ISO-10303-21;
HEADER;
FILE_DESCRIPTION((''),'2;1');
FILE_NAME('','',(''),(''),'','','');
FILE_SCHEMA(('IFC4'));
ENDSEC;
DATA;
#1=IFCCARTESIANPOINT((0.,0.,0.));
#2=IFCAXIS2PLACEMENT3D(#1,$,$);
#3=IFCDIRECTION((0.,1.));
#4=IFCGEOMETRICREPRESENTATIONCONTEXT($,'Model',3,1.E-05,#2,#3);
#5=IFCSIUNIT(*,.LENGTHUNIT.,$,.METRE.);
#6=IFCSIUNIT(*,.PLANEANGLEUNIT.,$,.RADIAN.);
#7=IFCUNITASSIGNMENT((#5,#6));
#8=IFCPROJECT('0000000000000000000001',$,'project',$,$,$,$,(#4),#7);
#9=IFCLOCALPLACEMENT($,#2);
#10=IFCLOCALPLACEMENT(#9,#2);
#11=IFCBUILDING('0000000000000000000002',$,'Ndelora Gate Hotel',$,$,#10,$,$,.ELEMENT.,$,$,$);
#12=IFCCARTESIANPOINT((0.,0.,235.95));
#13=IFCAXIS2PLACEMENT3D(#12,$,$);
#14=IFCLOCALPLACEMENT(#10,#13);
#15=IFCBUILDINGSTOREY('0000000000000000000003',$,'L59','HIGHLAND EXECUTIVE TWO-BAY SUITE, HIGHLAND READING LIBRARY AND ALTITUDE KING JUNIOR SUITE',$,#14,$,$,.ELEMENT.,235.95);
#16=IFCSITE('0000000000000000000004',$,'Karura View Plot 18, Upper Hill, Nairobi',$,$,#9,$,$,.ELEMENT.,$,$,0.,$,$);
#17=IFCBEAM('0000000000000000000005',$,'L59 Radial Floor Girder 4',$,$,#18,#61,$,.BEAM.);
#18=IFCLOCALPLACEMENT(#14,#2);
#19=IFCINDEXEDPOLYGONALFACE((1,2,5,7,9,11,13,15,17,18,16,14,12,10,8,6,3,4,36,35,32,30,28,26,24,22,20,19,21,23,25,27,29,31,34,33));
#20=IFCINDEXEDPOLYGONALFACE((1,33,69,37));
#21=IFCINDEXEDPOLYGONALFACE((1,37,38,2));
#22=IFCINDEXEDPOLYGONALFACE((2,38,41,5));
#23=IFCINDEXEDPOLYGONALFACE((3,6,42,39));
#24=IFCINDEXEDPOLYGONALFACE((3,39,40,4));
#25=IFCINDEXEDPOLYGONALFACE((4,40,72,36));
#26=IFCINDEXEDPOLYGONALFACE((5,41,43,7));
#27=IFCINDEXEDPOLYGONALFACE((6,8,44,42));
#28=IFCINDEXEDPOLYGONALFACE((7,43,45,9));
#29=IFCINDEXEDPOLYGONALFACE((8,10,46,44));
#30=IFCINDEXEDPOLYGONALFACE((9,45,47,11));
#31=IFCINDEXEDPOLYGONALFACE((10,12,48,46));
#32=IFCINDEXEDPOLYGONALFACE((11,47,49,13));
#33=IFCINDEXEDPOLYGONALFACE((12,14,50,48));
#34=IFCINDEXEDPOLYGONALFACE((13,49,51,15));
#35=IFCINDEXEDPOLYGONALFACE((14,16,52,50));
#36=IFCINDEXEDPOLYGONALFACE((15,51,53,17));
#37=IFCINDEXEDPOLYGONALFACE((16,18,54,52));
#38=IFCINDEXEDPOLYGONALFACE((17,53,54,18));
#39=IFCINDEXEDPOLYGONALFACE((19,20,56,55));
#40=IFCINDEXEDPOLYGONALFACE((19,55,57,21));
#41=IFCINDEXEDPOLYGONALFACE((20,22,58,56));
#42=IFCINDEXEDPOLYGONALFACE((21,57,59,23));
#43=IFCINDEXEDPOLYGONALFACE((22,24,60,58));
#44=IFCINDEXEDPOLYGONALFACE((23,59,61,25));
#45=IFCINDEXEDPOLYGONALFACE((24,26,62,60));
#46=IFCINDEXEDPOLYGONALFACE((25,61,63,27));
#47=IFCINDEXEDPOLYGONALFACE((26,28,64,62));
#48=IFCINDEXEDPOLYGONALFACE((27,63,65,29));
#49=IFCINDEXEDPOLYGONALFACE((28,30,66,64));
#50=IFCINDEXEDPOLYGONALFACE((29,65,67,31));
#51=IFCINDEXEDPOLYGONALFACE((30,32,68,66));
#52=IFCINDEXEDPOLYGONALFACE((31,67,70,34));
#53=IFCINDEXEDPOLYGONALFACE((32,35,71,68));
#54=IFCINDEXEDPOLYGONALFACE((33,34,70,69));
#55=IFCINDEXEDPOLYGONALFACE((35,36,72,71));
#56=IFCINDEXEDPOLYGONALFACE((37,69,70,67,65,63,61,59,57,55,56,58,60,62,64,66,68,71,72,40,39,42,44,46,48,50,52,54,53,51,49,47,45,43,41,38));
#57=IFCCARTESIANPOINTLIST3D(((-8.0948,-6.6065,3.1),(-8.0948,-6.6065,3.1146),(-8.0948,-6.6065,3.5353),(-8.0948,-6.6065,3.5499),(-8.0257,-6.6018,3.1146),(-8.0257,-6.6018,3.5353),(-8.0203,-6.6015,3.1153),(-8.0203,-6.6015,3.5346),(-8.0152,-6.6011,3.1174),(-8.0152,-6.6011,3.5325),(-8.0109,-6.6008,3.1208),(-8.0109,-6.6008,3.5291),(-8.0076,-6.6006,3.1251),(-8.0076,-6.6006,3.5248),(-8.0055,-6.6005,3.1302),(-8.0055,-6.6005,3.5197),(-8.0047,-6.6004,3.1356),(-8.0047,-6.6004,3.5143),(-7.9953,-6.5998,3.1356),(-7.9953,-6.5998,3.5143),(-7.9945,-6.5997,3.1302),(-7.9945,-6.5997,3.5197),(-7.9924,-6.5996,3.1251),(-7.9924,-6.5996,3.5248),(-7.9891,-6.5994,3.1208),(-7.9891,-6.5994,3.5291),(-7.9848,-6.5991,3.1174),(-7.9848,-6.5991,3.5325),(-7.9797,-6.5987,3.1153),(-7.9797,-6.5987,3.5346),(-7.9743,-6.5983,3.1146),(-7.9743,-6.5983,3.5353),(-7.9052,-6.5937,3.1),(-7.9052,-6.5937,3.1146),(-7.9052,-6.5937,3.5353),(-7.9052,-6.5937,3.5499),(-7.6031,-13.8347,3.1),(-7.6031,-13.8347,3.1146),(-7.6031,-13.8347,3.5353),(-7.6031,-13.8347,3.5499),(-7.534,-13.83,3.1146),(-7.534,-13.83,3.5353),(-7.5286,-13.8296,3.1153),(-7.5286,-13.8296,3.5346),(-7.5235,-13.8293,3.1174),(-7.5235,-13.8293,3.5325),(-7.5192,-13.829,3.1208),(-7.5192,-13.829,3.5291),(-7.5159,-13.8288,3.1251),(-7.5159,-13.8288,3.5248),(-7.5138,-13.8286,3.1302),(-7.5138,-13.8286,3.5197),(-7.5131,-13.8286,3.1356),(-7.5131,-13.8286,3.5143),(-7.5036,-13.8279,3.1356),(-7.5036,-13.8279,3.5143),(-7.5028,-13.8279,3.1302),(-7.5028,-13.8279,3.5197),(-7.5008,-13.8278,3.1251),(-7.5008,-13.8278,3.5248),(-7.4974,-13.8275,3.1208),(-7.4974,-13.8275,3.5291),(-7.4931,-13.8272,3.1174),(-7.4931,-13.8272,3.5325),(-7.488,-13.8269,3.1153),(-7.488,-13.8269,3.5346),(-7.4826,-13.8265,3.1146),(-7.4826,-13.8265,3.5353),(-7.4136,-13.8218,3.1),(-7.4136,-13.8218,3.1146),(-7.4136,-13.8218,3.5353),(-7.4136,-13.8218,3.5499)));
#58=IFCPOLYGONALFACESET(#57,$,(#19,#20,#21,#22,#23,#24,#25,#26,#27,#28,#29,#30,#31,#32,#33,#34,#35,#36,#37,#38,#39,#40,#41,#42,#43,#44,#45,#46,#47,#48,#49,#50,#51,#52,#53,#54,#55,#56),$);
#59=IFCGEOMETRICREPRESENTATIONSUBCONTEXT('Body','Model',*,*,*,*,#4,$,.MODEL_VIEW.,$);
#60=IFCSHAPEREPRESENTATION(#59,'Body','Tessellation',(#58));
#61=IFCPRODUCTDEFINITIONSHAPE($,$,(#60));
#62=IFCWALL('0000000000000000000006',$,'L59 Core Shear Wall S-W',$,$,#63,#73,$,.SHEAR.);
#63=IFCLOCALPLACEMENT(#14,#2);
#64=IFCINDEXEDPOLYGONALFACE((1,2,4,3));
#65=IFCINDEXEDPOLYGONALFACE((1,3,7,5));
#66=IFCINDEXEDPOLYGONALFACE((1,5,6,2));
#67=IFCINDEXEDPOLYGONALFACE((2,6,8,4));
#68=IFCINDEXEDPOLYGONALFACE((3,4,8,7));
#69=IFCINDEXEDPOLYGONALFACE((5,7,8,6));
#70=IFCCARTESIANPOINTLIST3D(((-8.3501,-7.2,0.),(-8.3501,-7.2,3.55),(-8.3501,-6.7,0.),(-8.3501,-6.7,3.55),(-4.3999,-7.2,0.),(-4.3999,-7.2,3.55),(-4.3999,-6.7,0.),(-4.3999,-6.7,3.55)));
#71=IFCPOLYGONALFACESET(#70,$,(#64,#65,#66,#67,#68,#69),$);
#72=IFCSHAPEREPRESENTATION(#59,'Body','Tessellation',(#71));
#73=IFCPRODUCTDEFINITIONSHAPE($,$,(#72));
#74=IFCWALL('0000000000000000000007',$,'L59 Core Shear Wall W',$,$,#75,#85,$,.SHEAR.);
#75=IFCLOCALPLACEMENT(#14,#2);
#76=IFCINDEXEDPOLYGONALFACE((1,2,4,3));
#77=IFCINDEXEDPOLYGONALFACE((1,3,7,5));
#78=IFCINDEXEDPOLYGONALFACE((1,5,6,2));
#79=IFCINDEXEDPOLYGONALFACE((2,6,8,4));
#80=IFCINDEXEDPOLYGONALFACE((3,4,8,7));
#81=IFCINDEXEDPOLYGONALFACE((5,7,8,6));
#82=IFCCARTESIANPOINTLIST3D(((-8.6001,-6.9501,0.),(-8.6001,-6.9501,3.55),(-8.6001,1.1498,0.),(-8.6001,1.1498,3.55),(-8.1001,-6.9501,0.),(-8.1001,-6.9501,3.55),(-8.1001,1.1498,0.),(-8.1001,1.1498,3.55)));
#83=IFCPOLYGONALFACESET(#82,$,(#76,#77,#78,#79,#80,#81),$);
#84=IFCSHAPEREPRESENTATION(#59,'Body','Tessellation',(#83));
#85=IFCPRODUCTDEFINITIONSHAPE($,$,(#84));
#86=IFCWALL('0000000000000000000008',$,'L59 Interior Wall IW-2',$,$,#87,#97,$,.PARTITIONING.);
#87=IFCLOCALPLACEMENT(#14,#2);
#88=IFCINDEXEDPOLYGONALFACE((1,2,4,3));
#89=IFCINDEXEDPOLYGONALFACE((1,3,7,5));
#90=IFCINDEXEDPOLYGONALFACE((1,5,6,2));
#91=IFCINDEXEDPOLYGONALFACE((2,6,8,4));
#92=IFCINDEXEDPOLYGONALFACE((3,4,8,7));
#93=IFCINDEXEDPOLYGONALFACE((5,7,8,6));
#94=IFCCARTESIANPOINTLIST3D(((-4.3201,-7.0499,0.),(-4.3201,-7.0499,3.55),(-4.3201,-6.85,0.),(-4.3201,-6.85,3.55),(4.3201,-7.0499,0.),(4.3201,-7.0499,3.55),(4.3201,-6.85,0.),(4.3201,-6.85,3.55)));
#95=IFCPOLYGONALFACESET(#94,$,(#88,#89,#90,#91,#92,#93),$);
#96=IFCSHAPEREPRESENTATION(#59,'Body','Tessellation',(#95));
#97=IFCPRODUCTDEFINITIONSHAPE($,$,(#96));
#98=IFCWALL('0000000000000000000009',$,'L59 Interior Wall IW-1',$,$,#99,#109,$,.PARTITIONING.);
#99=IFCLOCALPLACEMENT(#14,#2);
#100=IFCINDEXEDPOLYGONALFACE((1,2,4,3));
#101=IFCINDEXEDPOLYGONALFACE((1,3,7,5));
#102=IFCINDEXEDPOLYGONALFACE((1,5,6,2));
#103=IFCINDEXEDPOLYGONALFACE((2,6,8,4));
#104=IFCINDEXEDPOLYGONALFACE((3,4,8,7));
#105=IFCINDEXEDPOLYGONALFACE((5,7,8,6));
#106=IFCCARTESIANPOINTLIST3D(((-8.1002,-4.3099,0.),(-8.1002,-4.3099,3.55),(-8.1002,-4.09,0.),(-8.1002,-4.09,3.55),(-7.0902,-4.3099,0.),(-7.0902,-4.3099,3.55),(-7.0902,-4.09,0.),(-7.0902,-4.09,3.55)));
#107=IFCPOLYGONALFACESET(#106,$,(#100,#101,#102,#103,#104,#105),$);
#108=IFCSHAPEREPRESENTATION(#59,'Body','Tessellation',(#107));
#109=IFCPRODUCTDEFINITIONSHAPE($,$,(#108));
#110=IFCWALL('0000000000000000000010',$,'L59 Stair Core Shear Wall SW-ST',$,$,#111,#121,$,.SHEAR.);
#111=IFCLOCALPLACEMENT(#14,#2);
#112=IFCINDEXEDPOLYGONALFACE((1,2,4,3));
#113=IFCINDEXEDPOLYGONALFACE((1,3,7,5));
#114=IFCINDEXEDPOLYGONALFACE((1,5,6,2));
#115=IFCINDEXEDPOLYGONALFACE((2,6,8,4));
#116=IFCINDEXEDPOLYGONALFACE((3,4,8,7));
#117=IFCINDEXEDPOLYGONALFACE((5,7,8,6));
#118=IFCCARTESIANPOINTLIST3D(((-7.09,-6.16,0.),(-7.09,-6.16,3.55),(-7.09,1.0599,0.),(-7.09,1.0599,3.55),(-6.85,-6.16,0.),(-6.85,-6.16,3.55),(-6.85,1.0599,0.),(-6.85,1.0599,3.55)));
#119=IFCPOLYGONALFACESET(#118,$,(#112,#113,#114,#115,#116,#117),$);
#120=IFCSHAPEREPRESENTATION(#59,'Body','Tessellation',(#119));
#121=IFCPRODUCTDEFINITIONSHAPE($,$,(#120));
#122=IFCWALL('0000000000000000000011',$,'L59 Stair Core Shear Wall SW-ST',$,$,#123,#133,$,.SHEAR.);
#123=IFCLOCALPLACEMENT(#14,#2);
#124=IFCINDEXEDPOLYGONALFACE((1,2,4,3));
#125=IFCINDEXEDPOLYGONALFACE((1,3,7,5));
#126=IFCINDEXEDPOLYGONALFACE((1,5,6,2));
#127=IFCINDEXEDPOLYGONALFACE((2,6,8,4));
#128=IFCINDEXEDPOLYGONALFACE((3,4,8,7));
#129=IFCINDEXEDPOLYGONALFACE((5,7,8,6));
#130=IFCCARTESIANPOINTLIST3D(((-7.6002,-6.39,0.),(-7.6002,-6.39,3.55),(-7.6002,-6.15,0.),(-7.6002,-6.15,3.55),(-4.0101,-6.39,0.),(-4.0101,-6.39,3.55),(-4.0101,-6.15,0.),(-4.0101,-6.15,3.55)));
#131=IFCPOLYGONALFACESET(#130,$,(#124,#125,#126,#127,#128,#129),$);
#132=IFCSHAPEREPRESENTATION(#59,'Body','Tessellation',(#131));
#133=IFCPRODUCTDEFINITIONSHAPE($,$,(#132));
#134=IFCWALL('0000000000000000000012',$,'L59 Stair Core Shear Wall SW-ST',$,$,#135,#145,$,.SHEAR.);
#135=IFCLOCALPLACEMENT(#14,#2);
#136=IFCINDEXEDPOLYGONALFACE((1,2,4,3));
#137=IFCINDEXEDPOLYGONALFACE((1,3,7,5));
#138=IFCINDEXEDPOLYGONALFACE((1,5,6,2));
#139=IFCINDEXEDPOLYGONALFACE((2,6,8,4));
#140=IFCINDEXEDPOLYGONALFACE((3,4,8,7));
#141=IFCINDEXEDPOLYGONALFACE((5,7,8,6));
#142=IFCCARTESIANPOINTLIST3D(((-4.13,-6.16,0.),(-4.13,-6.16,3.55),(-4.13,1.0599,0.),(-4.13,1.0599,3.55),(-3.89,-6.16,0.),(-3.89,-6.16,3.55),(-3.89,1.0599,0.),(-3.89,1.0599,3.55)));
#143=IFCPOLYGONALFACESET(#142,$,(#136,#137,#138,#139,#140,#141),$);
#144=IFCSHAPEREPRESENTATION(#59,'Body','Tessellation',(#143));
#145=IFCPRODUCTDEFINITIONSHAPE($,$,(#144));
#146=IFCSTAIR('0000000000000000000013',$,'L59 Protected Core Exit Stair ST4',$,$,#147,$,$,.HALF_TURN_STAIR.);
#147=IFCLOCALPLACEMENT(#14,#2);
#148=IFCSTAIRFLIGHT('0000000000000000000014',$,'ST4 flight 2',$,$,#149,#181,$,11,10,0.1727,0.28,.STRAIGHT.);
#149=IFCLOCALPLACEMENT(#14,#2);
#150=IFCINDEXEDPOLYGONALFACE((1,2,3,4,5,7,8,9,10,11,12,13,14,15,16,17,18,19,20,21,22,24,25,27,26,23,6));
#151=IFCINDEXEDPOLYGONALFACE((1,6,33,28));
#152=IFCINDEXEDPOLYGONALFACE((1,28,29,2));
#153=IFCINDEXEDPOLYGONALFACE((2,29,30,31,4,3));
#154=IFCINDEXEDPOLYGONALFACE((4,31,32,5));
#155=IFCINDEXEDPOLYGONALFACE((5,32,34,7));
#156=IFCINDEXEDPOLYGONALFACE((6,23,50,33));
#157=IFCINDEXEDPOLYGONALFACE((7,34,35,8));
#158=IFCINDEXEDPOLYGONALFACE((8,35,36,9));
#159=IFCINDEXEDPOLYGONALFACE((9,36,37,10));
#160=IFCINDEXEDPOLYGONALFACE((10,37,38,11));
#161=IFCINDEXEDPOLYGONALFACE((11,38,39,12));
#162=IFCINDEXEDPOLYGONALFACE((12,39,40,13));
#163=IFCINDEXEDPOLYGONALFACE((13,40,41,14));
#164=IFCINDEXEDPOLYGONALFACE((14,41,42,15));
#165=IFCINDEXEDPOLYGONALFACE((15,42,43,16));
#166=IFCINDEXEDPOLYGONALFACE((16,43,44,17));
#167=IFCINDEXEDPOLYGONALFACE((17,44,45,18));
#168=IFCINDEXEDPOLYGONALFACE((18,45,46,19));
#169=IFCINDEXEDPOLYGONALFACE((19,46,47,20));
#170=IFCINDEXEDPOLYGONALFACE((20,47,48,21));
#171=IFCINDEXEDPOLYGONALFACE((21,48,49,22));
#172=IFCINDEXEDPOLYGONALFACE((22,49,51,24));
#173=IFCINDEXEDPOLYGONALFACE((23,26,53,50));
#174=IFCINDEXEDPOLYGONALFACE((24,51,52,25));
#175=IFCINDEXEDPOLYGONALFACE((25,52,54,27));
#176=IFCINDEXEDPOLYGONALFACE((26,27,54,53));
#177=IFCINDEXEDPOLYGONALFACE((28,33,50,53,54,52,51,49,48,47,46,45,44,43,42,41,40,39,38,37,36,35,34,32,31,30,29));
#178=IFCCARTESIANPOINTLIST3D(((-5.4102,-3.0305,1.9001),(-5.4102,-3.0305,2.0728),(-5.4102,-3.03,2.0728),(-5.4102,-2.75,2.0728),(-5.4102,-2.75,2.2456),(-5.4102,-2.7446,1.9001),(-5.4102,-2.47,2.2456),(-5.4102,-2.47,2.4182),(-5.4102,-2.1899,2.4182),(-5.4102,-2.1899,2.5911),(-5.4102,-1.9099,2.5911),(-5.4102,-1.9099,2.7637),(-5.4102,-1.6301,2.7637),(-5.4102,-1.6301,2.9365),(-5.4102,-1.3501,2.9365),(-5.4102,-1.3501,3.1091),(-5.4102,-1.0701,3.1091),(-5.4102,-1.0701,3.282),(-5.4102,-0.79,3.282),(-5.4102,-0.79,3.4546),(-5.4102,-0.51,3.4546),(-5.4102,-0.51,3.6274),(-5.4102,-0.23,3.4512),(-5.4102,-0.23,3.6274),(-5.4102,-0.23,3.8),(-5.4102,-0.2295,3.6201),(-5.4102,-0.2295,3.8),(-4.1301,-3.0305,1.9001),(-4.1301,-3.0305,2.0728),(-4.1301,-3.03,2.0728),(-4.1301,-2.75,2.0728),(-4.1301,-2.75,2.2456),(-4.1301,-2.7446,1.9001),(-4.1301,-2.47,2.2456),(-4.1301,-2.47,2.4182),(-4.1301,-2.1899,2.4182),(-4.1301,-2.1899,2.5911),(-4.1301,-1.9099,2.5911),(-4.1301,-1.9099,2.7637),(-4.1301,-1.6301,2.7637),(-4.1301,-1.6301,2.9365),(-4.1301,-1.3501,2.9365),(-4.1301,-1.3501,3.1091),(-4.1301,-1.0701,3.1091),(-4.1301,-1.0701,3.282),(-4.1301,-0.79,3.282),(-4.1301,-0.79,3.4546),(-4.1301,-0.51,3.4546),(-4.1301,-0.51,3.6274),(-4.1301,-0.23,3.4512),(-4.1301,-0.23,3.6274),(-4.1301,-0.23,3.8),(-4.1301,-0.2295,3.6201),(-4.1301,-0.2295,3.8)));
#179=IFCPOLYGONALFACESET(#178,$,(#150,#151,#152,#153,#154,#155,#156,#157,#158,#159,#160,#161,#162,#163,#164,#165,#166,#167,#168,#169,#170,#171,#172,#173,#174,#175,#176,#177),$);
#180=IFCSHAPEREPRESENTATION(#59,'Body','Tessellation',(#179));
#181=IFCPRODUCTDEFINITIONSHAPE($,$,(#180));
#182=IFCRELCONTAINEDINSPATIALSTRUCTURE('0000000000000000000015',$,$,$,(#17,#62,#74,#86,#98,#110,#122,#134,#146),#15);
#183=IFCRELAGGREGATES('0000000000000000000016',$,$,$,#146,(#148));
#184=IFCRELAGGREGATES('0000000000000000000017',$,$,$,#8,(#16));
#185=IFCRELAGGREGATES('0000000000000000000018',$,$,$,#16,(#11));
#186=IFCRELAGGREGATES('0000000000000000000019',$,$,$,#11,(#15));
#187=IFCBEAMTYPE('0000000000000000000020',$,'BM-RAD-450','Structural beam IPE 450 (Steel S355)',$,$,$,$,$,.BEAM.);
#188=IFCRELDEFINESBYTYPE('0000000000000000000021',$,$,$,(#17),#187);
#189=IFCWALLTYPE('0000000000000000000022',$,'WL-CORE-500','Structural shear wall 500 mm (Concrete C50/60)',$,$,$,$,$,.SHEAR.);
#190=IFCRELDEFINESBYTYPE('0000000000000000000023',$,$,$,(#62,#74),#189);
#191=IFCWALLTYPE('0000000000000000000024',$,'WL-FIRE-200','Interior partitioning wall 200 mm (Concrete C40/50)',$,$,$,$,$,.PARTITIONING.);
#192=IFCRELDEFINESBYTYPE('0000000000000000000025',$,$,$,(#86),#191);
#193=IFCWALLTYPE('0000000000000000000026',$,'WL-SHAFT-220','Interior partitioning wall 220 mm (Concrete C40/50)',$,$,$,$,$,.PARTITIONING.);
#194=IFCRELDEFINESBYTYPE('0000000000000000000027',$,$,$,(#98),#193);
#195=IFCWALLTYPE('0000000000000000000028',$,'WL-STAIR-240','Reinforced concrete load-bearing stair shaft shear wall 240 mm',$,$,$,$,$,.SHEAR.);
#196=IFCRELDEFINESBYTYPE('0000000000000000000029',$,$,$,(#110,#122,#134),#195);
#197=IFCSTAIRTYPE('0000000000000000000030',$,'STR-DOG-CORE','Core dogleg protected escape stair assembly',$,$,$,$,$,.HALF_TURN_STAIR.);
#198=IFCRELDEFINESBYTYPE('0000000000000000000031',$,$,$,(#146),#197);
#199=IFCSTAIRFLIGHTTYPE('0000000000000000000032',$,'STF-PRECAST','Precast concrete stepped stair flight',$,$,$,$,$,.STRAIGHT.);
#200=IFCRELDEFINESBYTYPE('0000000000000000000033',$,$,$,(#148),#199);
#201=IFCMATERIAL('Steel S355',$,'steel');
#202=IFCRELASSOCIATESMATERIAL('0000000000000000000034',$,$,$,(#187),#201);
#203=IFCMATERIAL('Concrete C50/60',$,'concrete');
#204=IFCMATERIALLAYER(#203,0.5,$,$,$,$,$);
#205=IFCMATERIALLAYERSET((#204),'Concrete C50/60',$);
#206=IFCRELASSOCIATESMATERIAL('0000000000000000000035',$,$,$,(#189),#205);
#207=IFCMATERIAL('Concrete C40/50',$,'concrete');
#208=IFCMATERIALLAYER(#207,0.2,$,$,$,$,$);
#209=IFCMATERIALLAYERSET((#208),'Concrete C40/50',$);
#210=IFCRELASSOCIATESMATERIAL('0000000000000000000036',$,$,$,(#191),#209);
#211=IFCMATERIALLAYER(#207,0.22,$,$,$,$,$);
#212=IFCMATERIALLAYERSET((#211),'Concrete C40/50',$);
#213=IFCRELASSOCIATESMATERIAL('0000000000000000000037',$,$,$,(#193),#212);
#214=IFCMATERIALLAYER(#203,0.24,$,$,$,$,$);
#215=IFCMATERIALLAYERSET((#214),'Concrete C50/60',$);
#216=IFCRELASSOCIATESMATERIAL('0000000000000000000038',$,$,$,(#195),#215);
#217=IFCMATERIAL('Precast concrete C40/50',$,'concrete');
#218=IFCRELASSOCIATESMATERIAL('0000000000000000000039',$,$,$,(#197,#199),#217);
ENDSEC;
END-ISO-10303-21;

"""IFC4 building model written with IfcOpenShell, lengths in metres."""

from ifc_helpers import new_model, si_unit, direction, frame, frame_2d, origin, origin_2d, place, context, subcontext, project, spatial, polyline, rectangle, i_section, outline, extrude, material, layer, layer_set, material_profile, profile_set, type_object, element, aggregate, save


model = new_model("IFC4")

# Units and contexts
model_context = context("Model", 3, precision=1e-05, world=origin(), true_north=direction((0.0, 1.0)))
body_context = subcontext(model_context, "Body", "Model", "MODEL_VIEW")
ifc_project = project(units=[si_unit("LENGTHUNIT", "METRE"), si_unit("PLANEANGLEUNIT", "RADIAN")], contexts=[model_context])

# Site, building, storey
site_placement = place(None, origin())
site = spatial("IfcSite", under=ifc_project, at=site_placement, Name="Karura View Plot 18, Upper Hill, Nairobi", CompositionType="ELEMENT", RefElevation=0.0)
building_placement = place(site_placement, origin())
building = spatial("IfcBuilding", under=site, at=building_placement, Name="Ndelora Gate Hotel", CompositionType="ELEMENT")
storey_placement = place(building_placement, frame((0.0, 0.0, 235.95)))
storey = spatial("IfcBuildingStorey", under=building, at=storey_placement, Name="L59", Description="HIGHLAND EXECUTIVE TWO-BAY SUITE, HIGHLAND READING LIBRARY AND ALTITUDE KING JUNIOR SUITE", CompositionType="ELEMENT", Elevation=235.95)

# Shared definitions
ifc_material_1 = material(Name="Concrete C50/60", Category="concrete")

# Beam
ifc_material_2 = material(Name="Steel S355", Category="steel")
ifc_material_profile_1 = material_profile(ifc_material_2, i_section(OverallWidth=0.1899, OverallDepth=0.45, WebThickness=0.0095, FlangeThickness=0.0146, FilletRadius=0.021, at=origin_2d()), Name="IPE 450")
ifc_profile_set_1 = profile_set([ifc_material_profile_1], Name="Steel S355")
beam_type_1 = type_object("IfcBeamType", Name="BM-RAD-450", Description="Structural beam IPE 450 (Steel S355)", PredefinedType="BEAM", material=ifc_profile_set_1)
beam_1_placement = place(storey_placement, frame((-8.0, -6.6001, 3.325), z_axis=(0.067868, -0.997694, 0.0), x_axis=(0.997694, 0.067868, 0.0)))
element("IfcBeam", 1, at=beam_1_placement, inside=storey, type_object=beam_type_1, Name="L59 Radial Floor Girder 4", PredefinedType="BEAM", context=body_context, shape_type="SweptSolid", body=[
    extrude(i_section(OverallWidth=0.1899, OverallDepth=0.45, WebThickness=0.0095, FlangeThickness=0.0146, FilletRadius=0.021, at=origin_2d()), origin(), (0.0, 0.0, 1.0), 7.2449),
])

# Walls
ifc_layer_1 = layer(ifc_material_1, 0.5)
ifc_layer_set_1 = layer_set([ifc_layer_1], Name="Concrete C50/60")
wall_type_1 = type_object("IfcWallType", Name="WL-CORE-500", Description="Structural shear wall 500 mm (Concrete C50/60)", PredefinedType="SHEAR", material=ifc_layer_set_1)
wall_1_placement = place(storey_placement, frame((-8.3501, -6.95, 0.0), z_axis=(0.0, 0.0, 1.0), x_axis=(1.0, 0.0, 0.0)))
element("IfcWall", 2, at=wall_1_placement, inside=storey, type_object=wall_type_1, Name="L59 Core Shear Wall S-W", PredefinedType="SHEAR", context=body_context, shape_type="SweptSolid", body=[
    extrude(rectangle(XDim=3.9502, YDim=0.5, at=frame_2d((1.9751, 0.0))), origin(), (0.0, 0.0, 1.0), 3.55),
])
wall_2_placement = place(storey_placement, frame((-8.3501, -6.95, 0.0), z_axis=(0.0, 0.0, 1.0), x_axis=(0.0, 1.0, 0.0)))
element("IfcWall", 3, at=wall_2_placement, inside=storey, type_object=wall_type_1, Name="L59 Core Shear Wall W", PredefinedType="SHEAR", context=body_context, shape_type="SweptSolid", body=[
    extrude(rectangle(XDim=8.0999, YDim=0.5, at=frame_2d((4.0498, 0.0))), origin(), (0.0, 0.0, 1.0), 3.55),
])
ifc_material_3 = material(Name="Concrete C40/50", Category="concrete")
ifc_layer_2 = layer(ifc_material_3, 0.2)
ifc_layer_set_2 = layer_set([ifc_layer_2], Name="Concrete C40/50")
wall_type_2 = type_object("IfcWallType", Name="WL-FIRE-200", Description="Interior partitioning wall 200 mm (Concrete C40/50)", PredefinedType="PARTITIONING", material=ifc_layer_set_2)
wall_3_placement = place(storey_placement, frame((-4.3201, -6.95, 0.0), z_axis=(0.0, 0.0, 1.0), x_axis=(1.0, 0.0, 0.0)))
element("IfcWall", 4, at=wall_3_placement, inside=storey, type_object=wall_type_2, Name="L59 Interior Wall IW-2", PredefinedType="PARTITIONING", context=body_context, shape_type="SweptSolid", body=[
    extrude(rectangle(XDim=8.6401, YDim=0.2, at=frame_2d((4.3201, 0.0))), origin(), (0.0, 0.0, 1.0), 3.55),
])
ifc_layer_3 = layer(ifc_material_3, 0.22)
ifc_layer_set_3 = layer_set([ifc_layer_3], Name="Concrete C40/50")
wall_type_3 = type_object("IfcWallType", Name="WL-SHAFT-220", Description="Interior partitioning wall 220 mm (Concrete C40/50)", PredefinedType="PARTITIONING", material=ifc_layer_set_3)
wall_4_placement = place(storey_placement, frame((-8.1001, -4.2, 0.0), z_axis=(0.0, 0.0, 1.0), x_axis=(1.0, 0.0, 0.0)))
element("IfcWall", 5, at=wall_4_placement, inside=storey, type_object=wall_type_3, Name="L59 Interior Wall IW-1", PredefinedType="PARTITIONING", context=body_context, shape_type="SweptSolid", body=[
    extrude(rectangle(XDim=1.01, YDim=0.22, at=frame_2d((0.5049, 0.0))), origin(), (0.0, 0.0, 1.0), 3.55),
])
ifc_layer_4 = layer(ifc_material_1, 0.24)
ifc_layer_set_4 = layer_set([ifc_layer_4], Name="Concrete C50/60")
wall_type_4 = type_object("IfcWallType", Name="WL-STAIR-240", Description="Reinforced concrete load-bearing stair shaft shear wall 240 mm", PredefinedType="SHEAR", material=ifc_layer_set_4)
wall_5_placement = place(storey_placement, frame((-6.97, -6.1599, 0.0), z_axis=(0.0, 0.0, 1.0), x_axis=(0.0, 1.0, 0.0)))
element("IfcWall", 6, at=wall_5_placement, inside=storey, type_object=wall_type_4, Name="L59 Stair Core Shear Wall SW-ST", PredefinedType="SHEAR", context=body_context, shape_type="SweptSolid", body=[
    extrude(rectangle(XDim=7.22, YDim=0.24, at=frame_2d((3.6099, 0.0))), origin(), (0.0, 0.0, 1.0), 3.55),
])
wall_6_placement = place(storey_placement, frame((-7.6001, -6.27, 0.0), z_axis=(0.0, 0.0, 1.0), x_axis=(1.0, 0.0, 0.0)))
element("IfcWall", 7, at=wall_6_placement, inside=storey, type_object=wall_type_4, Name="L59 Stair Core Shear Wall SW-ST", PredefinedType="SHEAR", context=body_context, shape_type="SweptSolid", body=[
    extrude(rectangle(XDim=3.5901, YDim=0.24, at=frame_2d((1.7949, 0.0))), origin(), (0.0, 0.0, 1.0), 3.55),
])
wall_7_placement = place(storey_placement, frame((-4.01, -6.1599, 0.0), z_axis=(0.0, 0.0, 1.0), x_axis=(0.0, 1.0, 0.0)))
element("IfcWall", 8, at=wall_7_placement, inside=storey, type_object=wall_type_4, Name="L59 Stair Core Shear Wall SW-ST", PredefinedType="SHEAR", context=body_context, shape_type="SweptSolid", body=[
    extrude(rectangle(XDim=7.22, YDim=0.24, at=frame_2d((3.6099, 0.0))), origin(), (0.0, 0.0, 1.0), 3.55),
])

# Stair, stair flight
ifc_material_4 = material(Name="Precast concrete C40/50", Category="concrete")
stair_type = type_object("IfcStairType", Name="STR-DOG-CORE", Description="Core dogleg protected escape stair assembly", PredefinedType="HALF_TURN_STAIR", material=ifc_material_4)
stair_placement = place(storey_placement, origin())
stair = element("IfcStair", 9, at=stair_placement, inside=storey, type_object=stair_type, Name="L59 Protected Core Exit Stair ST4", PredefinedType="HALF_TURN_STAIR")
stair_flight_type = type_object("IfcStairFlightType", Name="STF-PRECAST", Description="Precast concrete stepped stair flight", PredefinedType="STRAIGHT", material=ifc_material_4)
stair_flight_placement = place(storey_placement, frame((-4.77, -3.03, 1.9001), z_axis=(0.0, 0.0, 1.0), x_axis=(0.0, 1.0, 0.0)))
stair_flight = element("IfcStairFlight", 10, at=stair_flight_placement, type_object=stair_flight_type, Name="ST4 flight 2", NumberOfRisers=11, NumberOfTreads=10, PredefinedType="STRAIGHT", RiserHeight=0.1727, TreadLength=0.28, context=body_context, shape_type="SweptSolid", body=[
    extrude(outline(polyline([(-0.0005, 0.0), (-0.0005, 0.1726), (0.0, 0.1726), (0.28, 0.1726), (0.28, 0.3455), (0.5601, 0.3455), (0.5601, 0.5181), (0.8401, 0.5181), (0.8401, 0.6909), (1.1201, 0.6909), (1.1201, 0.8635), (1.3999, 0.8635), (1.3999, 1.0364), (1.6799, 1.0364), (1.6799, 1.209), (1.96, 1.209), (1.96, 1.3818), (2.24, 1.3818), (2.24, 1.5544), (2.52, 1.5544), (2.52, 1.7273), (2.8, 1.7273), (2.8, 1.8999), (2.8005, 1.8999), (2.8005, 1.72), (2.8, 1.551), (0.2854, 0.0), (-0.0005, 0.0)])), frame((0.0, 0.6401, 0.0), z_axis=(0.0, -1.0, 0.0), x_axis=(1.0, 0.0, 0.0)), (0.0, 0.0, 1.0), 1.28),
])
aggregate(stair, [stair_flight])

save(model, "model.ifc")
